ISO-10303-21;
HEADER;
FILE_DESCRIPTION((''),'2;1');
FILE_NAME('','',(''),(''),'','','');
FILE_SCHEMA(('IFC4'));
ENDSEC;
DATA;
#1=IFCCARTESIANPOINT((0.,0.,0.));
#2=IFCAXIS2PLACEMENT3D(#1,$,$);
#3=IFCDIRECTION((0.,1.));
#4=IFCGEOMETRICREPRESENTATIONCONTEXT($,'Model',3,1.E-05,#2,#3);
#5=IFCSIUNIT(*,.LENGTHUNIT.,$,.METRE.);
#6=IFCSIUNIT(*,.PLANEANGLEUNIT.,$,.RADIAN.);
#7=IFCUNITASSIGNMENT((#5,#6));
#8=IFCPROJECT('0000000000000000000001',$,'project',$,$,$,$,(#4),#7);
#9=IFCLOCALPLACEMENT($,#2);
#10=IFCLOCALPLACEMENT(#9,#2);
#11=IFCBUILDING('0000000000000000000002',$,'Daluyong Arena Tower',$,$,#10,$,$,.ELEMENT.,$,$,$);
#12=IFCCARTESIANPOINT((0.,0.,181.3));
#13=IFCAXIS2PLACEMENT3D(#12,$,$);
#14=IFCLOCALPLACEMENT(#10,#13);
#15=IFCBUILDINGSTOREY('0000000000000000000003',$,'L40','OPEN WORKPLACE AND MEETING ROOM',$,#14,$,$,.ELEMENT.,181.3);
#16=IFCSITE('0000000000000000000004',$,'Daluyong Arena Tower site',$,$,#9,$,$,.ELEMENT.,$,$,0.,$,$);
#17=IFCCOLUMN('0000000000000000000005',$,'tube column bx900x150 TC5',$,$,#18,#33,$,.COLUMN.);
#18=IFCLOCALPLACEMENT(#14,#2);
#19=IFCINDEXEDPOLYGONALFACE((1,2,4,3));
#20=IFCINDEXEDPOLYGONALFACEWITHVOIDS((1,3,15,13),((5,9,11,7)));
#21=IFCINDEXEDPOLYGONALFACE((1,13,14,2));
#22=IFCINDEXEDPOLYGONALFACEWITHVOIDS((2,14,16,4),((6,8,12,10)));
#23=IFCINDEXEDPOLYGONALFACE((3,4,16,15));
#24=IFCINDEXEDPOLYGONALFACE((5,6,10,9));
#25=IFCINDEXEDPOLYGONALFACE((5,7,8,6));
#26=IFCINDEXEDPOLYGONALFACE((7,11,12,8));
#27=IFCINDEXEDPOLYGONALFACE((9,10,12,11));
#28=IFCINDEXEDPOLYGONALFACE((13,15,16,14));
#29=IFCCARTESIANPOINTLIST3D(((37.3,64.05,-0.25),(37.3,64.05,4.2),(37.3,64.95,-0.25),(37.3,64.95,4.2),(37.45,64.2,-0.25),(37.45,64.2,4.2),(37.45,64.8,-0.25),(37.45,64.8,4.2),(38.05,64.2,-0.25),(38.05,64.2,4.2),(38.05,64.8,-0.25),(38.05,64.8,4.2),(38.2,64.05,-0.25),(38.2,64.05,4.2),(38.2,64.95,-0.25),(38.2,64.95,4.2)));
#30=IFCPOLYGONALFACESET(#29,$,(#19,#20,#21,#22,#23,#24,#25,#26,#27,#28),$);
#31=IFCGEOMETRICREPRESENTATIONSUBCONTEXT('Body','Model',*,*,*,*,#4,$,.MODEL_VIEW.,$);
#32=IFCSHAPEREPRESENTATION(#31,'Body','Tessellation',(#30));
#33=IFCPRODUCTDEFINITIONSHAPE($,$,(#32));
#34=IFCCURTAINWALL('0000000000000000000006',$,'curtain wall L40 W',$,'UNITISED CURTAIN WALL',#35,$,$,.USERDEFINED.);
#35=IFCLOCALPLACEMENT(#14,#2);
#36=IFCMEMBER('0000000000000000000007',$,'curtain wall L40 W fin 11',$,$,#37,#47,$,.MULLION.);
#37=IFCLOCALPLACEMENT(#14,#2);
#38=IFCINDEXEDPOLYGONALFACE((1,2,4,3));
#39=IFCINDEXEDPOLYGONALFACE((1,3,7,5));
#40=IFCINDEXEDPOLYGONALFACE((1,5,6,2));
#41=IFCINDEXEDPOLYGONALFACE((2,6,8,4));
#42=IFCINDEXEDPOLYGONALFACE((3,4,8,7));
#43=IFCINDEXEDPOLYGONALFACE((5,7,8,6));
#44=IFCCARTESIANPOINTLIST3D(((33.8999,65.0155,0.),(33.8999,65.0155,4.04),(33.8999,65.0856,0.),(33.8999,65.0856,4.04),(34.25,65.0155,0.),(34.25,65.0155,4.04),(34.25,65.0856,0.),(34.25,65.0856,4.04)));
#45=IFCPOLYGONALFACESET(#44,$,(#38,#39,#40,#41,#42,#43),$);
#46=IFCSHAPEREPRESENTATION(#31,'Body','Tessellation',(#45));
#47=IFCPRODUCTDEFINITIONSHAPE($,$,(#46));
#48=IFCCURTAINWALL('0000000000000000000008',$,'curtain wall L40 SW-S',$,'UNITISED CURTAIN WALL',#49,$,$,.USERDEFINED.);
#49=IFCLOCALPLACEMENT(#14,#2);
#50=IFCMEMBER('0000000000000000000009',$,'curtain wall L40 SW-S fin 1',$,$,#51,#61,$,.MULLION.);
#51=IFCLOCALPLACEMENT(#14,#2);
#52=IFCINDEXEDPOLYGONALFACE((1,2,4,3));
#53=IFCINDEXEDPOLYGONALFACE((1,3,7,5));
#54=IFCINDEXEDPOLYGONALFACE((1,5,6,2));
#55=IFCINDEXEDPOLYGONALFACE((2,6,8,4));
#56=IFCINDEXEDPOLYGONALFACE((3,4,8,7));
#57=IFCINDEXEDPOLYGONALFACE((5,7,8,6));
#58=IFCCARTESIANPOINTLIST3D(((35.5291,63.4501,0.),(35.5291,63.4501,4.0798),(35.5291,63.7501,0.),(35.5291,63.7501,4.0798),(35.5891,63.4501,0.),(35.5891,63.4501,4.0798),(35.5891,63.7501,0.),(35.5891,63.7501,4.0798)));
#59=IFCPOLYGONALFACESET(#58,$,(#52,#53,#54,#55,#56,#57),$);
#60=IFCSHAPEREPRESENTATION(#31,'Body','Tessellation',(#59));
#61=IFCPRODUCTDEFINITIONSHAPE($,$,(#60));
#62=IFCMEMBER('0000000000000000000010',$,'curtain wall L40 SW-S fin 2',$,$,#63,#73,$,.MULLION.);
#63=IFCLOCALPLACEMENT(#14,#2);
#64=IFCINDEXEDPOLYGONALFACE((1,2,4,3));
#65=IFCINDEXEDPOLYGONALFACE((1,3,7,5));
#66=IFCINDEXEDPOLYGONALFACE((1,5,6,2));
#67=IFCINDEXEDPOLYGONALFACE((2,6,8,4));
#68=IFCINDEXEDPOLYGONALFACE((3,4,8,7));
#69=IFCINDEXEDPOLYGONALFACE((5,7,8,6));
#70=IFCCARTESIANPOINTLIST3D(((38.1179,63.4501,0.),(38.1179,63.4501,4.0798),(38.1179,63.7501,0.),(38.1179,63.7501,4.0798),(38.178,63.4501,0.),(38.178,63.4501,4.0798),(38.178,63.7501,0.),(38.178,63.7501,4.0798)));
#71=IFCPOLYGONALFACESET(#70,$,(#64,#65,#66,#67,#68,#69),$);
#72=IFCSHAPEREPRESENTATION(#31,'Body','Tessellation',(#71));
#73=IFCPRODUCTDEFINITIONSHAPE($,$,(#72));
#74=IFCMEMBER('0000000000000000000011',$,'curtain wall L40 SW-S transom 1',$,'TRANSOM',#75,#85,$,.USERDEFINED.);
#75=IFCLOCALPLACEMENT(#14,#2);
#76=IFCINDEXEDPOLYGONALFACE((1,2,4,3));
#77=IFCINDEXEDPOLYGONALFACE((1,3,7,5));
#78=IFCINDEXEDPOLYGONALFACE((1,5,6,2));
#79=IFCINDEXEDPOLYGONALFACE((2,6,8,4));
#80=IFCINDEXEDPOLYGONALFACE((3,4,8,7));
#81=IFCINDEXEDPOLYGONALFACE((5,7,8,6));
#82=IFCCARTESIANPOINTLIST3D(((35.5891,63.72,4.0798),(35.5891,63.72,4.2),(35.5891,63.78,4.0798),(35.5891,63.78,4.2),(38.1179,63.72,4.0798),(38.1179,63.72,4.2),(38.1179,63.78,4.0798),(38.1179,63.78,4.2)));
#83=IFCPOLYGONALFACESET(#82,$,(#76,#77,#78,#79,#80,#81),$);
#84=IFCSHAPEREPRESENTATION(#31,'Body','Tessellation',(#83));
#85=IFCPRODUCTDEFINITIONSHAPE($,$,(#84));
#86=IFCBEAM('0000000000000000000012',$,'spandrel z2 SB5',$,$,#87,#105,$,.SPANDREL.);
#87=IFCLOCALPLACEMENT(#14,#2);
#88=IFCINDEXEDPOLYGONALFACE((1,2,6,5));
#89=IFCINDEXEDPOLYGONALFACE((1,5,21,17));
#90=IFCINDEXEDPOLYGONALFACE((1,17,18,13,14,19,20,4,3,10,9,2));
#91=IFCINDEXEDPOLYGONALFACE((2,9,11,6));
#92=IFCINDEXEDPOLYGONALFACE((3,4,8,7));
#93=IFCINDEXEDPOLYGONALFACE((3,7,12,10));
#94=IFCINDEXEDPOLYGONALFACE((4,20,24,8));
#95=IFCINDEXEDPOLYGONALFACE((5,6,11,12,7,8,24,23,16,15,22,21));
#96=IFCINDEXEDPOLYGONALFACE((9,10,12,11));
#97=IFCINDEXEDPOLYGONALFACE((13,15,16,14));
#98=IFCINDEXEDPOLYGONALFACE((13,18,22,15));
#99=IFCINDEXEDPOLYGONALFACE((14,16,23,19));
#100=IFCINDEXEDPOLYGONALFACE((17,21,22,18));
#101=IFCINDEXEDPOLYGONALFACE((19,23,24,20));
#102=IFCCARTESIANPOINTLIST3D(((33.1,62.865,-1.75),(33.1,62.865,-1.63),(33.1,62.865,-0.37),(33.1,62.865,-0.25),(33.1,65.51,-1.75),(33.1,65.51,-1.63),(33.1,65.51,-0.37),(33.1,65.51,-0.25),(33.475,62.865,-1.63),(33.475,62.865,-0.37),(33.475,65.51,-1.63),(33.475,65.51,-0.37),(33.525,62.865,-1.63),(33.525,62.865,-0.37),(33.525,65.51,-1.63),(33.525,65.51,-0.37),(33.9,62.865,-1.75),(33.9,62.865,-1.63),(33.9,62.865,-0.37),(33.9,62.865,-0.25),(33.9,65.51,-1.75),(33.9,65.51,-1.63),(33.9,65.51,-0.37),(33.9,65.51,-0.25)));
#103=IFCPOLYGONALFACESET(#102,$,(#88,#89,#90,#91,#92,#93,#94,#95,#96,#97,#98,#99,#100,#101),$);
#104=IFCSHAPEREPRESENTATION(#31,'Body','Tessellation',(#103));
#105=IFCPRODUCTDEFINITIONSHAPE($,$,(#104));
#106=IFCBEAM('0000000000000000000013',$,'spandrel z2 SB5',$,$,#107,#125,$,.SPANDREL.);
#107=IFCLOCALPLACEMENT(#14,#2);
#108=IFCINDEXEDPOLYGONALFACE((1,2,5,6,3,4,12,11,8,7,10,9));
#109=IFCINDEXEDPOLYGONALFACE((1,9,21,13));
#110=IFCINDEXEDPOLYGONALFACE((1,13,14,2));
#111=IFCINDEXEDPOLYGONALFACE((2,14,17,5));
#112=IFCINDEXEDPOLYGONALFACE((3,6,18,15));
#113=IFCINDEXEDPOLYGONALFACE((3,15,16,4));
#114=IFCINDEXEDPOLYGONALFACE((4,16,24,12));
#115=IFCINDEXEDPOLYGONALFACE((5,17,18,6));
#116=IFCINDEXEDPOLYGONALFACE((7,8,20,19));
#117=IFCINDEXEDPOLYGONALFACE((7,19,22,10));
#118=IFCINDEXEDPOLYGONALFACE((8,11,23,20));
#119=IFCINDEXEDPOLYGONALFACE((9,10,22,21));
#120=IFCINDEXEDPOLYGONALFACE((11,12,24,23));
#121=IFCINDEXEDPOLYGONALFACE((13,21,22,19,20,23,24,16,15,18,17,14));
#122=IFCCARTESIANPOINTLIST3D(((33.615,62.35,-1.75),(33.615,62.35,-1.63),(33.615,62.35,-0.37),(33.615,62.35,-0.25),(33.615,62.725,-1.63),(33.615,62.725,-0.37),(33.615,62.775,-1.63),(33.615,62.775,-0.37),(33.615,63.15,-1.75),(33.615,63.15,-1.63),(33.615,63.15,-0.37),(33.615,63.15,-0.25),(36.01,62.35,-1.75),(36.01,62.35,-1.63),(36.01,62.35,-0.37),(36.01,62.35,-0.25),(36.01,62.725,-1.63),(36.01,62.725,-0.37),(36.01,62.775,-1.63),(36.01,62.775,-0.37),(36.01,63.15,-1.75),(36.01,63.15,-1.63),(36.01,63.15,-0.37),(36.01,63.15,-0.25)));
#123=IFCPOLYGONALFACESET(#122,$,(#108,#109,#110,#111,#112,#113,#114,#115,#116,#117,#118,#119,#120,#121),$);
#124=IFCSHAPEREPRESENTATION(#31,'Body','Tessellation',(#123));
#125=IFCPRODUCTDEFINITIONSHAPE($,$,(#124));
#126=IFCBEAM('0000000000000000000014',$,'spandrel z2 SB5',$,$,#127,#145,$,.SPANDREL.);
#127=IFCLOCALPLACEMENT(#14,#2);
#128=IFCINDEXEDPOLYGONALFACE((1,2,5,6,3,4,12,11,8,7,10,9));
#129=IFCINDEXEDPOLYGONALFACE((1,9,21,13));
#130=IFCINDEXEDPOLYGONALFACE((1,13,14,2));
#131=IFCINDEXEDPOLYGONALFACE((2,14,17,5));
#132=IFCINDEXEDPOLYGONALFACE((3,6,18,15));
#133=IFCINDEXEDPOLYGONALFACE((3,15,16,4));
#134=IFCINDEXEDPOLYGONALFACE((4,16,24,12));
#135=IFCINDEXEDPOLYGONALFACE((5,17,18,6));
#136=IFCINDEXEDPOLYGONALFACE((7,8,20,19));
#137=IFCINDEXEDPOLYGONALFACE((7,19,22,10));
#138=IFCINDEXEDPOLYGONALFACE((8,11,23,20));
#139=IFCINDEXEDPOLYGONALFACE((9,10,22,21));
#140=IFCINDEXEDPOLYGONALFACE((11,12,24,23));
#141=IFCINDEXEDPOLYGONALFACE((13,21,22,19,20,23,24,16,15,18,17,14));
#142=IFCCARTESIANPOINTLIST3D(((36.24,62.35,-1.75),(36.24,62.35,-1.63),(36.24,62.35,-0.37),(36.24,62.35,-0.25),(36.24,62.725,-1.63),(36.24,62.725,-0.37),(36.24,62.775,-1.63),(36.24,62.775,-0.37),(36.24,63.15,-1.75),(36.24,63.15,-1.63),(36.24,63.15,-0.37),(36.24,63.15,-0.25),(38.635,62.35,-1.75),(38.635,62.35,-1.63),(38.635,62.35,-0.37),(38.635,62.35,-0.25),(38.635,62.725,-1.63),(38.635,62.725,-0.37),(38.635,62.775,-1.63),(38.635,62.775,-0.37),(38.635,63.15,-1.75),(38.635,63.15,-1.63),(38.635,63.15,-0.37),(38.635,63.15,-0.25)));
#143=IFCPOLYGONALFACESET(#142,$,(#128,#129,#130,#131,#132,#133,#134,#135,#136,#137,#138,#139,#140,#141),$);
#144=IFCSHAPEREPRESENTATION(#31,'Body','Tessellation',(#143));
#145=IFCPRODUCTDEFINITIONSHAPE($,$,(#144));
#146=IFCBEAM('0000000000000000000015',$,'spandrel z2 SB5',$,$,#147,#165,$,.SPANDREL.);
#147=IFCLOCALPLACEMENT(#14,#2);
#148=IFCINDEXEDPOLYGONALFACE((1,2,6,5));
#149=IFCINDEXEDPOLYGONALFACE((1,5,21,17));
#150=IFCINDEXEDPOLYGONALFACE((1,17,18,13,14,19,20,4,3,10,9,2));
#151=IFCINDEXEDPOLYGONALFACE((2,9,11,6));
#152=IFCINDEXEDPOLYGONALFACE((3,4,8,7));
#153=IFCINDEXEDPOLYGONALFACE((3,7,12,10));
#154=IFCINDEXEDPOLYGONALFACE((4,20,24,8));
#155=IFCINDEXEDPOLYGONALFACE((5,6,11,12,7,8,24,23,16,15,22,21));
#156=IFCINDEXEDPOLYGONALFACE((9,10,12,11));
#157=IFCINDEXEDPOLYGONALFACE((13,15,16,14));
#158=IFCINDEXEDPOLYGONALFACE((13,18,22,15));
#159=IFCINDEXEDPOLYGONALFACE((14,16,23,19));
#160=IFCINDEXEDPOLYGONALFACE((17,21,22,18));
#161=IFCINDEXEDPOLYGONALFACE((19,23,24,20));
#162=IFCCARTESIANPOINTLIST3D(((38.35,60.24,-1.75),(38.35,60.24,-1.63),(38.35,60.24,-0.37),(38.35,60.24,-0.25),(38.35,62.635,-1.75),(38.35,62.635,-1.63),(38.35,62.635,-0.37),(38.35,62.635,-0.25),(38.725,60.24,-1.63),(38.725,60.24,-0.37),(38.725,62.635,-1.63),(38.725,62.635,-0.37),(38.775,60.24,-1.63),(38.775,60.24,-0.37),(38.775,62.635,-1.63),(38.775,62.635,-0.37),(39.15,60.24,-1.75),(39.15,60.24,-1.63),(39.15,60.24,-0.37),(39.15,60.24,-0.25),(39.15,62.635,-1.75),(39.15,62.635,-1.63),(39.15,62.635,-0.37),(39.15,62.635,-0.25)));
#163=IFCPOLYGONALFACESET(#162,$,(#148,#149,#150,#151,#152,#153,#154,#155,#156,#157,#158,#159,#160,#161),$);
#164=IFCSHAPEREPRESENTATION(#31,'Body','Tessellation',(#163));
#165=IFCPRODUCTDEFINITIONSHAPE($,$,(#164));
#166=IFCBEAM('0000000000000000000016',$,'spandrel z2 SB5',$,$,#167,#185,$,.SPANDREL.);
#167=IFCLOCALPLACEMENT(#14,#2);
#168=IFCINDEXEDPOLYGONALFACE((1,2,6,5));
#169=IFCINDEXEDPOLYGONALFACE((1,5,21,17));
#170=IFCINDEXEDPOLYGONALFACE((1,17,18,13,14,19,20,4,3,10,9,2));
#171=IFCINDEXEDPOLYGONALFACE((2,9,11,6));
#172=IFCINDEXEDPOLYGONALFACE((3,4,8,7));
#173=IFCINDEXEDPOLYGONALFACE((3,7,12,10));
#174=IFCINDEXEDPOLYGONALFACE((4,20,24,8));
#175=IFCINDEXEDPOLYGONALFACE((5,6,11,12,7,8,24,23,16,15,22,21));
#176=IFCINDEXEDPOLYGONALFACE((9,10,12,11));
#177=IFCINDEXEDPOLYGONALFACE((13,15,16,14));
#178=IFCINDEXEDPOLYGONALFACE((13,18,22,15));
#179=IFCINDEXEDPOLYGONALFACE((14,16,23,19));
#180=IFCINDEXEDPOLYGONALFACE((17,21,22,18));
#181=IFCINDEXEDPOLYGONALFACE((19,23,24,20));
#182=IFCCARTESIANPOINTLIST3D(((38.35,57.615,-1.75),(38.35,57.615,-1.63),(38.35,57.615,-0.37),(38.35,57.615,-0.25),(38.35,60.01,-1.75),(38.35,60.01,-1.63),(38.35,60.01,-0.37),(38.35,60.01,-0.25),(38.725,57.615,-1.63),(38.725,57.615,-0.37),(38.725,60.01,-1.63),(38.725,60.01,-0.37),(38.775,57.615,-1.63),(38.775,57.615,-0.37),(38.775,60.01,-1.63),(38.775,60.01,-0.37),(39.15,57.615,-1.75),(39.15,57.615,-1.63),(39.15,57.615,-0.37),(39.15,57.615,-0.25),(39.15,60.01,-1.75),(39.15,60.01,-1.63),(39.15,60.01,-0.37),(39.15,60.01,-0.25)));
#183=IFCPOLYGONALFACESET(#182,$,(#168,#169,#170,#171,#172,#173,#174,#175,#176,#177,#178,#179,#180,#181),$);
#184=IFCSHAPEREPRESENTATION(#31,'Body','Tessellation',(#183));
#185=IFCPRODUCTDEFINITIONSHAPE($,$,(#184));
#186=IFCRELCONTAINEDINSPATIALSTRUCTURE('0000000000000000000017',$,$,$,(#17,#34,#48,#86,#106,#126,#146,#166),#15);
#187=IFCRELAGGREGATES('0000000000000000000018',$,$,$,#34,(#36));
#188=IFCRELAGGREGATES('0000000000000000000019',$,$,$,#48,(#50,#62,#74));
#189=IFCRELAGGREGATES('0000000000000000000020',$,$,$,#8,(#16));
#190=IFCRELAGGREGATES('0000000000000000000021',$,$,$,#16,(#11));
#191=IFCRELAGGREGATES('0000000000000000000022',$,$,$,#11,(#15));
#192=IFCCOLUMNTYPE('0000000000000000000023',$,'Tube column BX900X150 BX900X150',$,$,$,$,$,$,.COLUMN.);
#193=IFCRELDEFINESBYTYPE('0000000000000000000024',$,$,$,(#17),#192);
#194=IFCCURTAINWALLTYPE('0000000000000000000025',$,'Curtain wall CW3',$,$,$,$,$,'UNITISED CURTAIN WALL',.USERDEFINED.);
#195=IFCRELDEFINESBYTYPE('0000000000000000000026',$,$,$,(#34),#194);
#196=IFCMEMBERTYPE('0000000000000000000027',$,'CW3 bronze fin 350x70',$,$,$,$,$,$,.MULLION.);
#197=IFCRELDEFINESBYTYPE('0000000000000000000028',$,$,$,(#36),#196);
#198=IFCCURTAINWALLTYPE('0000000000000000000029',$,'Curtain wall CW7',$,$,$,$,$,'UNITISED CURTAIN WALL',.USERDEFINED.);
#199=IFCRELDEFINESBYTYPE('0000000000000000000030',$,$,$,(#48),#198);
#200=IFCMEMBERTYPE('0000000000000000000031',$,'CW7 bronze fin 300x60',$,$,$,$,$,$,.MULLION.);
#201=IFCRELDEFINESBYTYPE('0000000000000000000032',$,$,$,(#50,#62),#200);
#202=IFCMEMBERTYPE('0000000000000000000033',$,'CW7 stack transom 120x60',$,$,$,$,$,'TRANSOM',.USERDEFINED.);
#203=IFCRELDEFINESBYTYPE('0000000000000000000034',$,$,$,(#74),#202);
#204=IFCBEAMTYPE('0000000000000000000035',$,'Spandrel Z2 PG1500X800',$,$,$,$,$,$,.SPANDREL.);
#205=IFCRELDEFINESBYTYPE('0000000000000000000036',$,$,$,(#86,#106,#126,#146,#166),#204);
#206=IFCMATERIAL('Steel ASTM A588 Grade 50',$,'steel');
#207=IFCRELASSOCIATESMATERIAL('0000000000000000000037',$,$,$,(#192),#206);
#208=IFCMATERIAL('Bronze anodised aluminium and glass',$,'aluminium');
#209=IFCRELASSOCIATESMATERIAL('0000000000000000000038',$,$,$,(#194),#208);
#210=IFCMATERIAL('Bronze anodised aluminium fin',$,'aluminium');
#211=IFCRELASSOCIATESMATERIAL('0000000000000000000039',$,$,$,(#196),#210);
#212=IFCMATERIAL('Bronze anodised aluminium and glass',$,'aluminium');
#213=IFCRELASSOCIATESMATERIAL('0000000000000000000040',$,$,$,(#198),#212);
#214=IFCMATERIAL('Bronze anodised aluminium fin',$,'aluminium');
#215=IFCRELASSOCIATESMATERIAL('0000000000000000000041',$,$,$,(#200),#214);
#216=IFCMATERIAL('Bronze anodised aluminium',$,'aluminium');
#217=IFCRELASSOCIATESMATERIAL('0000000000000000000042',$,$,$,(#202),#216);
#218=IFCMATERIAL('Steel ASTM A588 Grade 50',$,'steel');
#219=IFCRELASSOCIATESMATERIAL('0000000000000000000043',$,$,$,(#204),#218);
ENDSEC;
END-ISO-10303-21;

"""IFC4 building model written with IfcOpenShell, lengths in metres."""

from ifc_helpers import new_model, si_unit, direction, frame, origin, origin_2d, place, context, subcontext, project, spatial, rectangle, hollow_rectangle, i_section, extrude, material, material_profile, profile_set, type_object, element, aggregate, save


model = new_model("IFC4")

# Units and contexts
model_context = context("Model", 3, precision=1e-05, world=origin(), true_north=direction((0.0, 1.0)))
body_context = subcontext(model_context, "Body", "Model", "MODEL_VIEW")
ifc_project = project(units=[si_unit("LENGTHUNIT", "METRE"), si_unit("PLANEANGLEUNIT", "RADIAN")], contexts=[model_context])

# Site, building, storey
site_placement = place(None, origin())
site = spatial("IfcSite", under=ifc_project, at=site_placement, Name="Daluyong Arena Tower site", CompositionType="ELEMENT", RefElevation=0.0)
building_placement = place(site_placement, origin())
building = spatial("IfcBuilding", under=site, at=building_placement, Name="Daluyong Arena Tower", CompositionType="ELEMENT")
storey_placement = place(building_placement, frame((0.0, 0.0, 181.3)))
storey = spatial("IfcBuildingStorey", under=building, at=storey_placement, Name="L40", Description="OPEN WORKPLACE AND MEETING ROOM", CompositionType="ELEMENT", Elevation=181.3)

# Column
ifc_material_1 = material(Name="Steel ASTM A588 Grade 50", Category="steel")
ifc_material_profile_1 = material_profile(ifc_material_1, hollow_rectangle(XDim=0.8999, YDim=0.8999, WallThickness=0.15, at=origin_2d()))
ifc_profile_set_1 = profile_set([ifc_material_profile_1], Name="Steel ASTM A588 Grade 50")
column_type_1 = type_object("IfcColumnType", Name="Tube column BX900X150 BX900X150", PredefinedType="COLUMN", material=ifc_profile_set_1)
column_1_placement = place(storey_placement, frame((37.75, 64.5, -0.25), z_axis=(0.0, 0.0, 1.0), x_axis=(1.0, 0.0, 0.0)))
element("IfcColumn", 1, at=column_1_placement, inside=storey, type_object=column_type_1, Name="tube column bx900x150 TC5", PredefinedType="COLUMN", context=body_context, shape_type="SweptSolid", body=[
    extrude(hollow_rectangle(XDim=0.8999, YDim=0.8999, WallThickness=0.15, at=origin_2d()), origin(), (0.0, 0.0, 1.0), 4.45),
])

# Curtain wall, member
ifc_material_2 = material(Name="Bronze anodised aluminium and glass", Category="aluminium")
curtain_wall_type_1 = type_object("IfcCurtainWallType", Name="Curtain wall CW3", ElementType="UNITISED CURTAIN WALL", PredefinedType="USERDEFINED", material=ifc_material_2)
curtain_wall_1_placement = place(storey_placement, origin())
curtain_wall_1 = element("IfcCurtainWall", 2, at=curtain_wall_1_placement, inside=storey, type_object=curtain_wall_type_1, Name="curtain wall L40 W", ObjectType="UNITISED CURTAIN WALL", PredefinedType="USERDEFINED")
ifc_material_3 = material(Name="Bronze anodised aluminium fin", Category="aluminium")
ifc_material_profile_2 = material_profile(ifc_material_3, rectangle(XDim=0.3501, YDim=0.0701, at=origin_2d()))
ifc_profile_set_2 = profile_set([ifc_material_profile_2], Name="Bronze anodised aluminium fin")
member_type_1 = type_object("IfcMemberType", Name="CW3 bronze fin 350x70", PredefinedType="MULLION", material=ifc_profile_set_2)
member_1_placement = place(storey_placement, frame((34.075, 65.0505, 0.0), z_axis=(0.0, 0.0, 1.0), x_axis=(1.0, 0.0, 0.0)))
member_1 = element("IfcMember", 3, at=member_1_placement, type_object=member_type_1, Name="curtain wall L40 W fin 11", PredefinedType="MULLION", context=body_context, shape_type="SweptSolid", body=[
    extrude(rectangle(XDim=0.3501, YDim=0.0701, at=origin_2d()), origin(), (0.0, 0.0, 1.0), 4.04),
])
aggregate(curtain_wall_1, [member_1])

# Curtain wall, members
ifc_material_4 = material(Name="Bronze anodised aluminium and glass", Category="aluminium")
curtain_wall_type_2 = type_object("IfcCurtainWallType", Name="Curtain wall CW7", ElementType="UNITISED CURTAIN WALL", PredefinedType="USERDEFINED", material=ifc_material_4)
curtain_wall_2_placement = place(storey_placement, origin())
curtain_wall_2 = element("IfcCurtainWall", 4, at=curtain_wall_2_placement, inside=storey, type_object=curtain_wall_type_2, Name="curtain wall L40 SW-S", ObjectType="UNITISED CURTAIN WALL", PredefinedType="USERDEFINED")
ifc_material_5 = material(Name="Bronze anodised aluminium fin", Category="aluminium")
ifc_material_profile_3 = material_profile(ifc_material_5, rectangle(XDim=0.3, YDim=0.0601, at=origin_2d()))
ifc_profile_set_3 = profile_set([ifc_material_profile_3], Name="Bronze anodised aluminium fin")
member_type_2 = type_object("IfcMemberType", Name="CW7 bronze fin 300x60", PredefinedType="MULLION", material=ifc_profile_set_3)
member_2_placement = place(storey_placement, frame((35.5591, 63.6001, 0.0), z_axis=(0.0, 0.0, 1.0), x_axis=(0.0, 1.0, 0.0)))
member_2 = element("IfcMember", 5, at=member_2_placement, type_object=member_type_2, Name="curtain wall L40 SW-S fin 1", PredefinedType="MULLION", context=body_context, shape_type="SweptSolid", body=[
    extrude(rectangle(XDim=0.3, YDim=0.0601, at=origin_2d()), origin(), (0.0, 0.0, 1.0), 4.0798),
])
member_3_placement = place(storey_placement, frame((38.1479, 63.6001, 0.0), z_axis=(0.0, 0.0, 1.0), x_axis=(0.0, 1.0, 0.0)))
member_3 = element("IfcMember", 6, at=member_3_placement, type_object=member_type_2, Name="curtain wall L40 SW-S fin 2", PredefinedType="MULLION", context=body_context, shape_type="SweptSolid", body=[
    extrude(rectangle(XDim=0.3, YDim=0.0601, at=origin_2d()), origin(), (0.0, 0.0, 1.0), 4.0798),
])
ifc_material_6 = material(Name="Bronze anodised aluminium", Category="aluminium")
ifc_material_profile_4 = material_profile(ifc_material_6, rectangle(XDim=0.0601, YDim=0.1201, at=origin_2d()))
ifc_profile_set_4 = profile_set([ifc_material_profile_4], Name="Bronze anodised aluminium")
member_type_3 = type_object("IfcMemberType", Name="CW7 stack transom 120x60", ElementType="TRANSOM", PredefinedType="USERDEFINED", material=ifc_profile_set_4)
member_4_placement = place(storey_placement, frame((35.5891, 63.75, 4.1399), z_axis=(1.0, 0.0, 0.0), x_axis=(0.0, 1.0, 0.0)))
member_4 = element("IfcMember", 7, at=member_4_placement, type_object=member_type_3, Name="curtain wall L40 SW-S transom 1", ObjectType="TRANSOM", PredefinedType="USERDEFINED", context=body_context, shape_type="SweptSolid", body=[
    extrude(rectangle(XDim=0.0601, YDim=0.1201, at=origin_2d()), origin(), (0.0, 0.0, 1.0), 2.5288),
])

# Beams
ifc_material_7 = material(Name="Steel ASTM A588 Grade 50", Category="steel")
ifc_material_profile_5 = material_profile(ifc_material_7, i_section(OverallWidth=0.8, OverallDepth=1.5, WebThickness=0.05, FlangeThickness=0.12, at=origin_2d()))
ifc_profile_set_5 = profile_set([ifc_material_profile_5], Name="Steel ASTM A588 Grade 50")
beam_type_1 = type_object("IfcBeamType", Name="Spandrel Z2 PG1500X800", PredefinedType="SPANDREL", material=ifc_profile_set_5)
beam_1_placement = place(storey_placement, frame((33.5, 65.51, -1.0), z_axis=(0.0, -1.0, 0.0), x_axis=(1.0, 0.0, 0.0)))
element("IfcBeam", 8, at=beam_1_placement, inside=storey, type_object=beam_type_1, Name="spandrel z2 SB5", PredefinedType="SPANDREL", context=body_context, shape_type="SweptSolid", body=[
    extrude(i_section(OverallWidth=0.8, OverallDepth=1.5, WebThickness=0.05, FlangeThickness=0.12, at=origin_2d()), origin(), (0.0, 0.0, 1.0), 2.645),
])
for number, where, z_axis, x_axis, name in (
    (9, (33.615, 62.75, -1.0), (1.0, 0.0, 0.0), (0.0, 1.0, 0.0), "spandrel z2 SB5"),
    (10, (36.24, 62.75, -1.0), (1.0, 0.0, 0.0), (0.0, 1.0, 0.0), "spandrel z2 SB5"),
    (11, (38.75, 62.635, -1.0), (0.0, -1.0, 0.0), (1.0, 0.0, 0.0), "spandrel z2 SB5"),
    (12, (38.75, 60.01, -1.0), (0.0, -1.0, 0.0), (1.0, 0.0, 0.0), "spandrel z2 SB5"),
):
    element("IfcBeam", number, at=place(storey_placement, frame(where, z_axis=z_axis, x_axis=x_axis)), inside=storey, type_object=beam_type_1, Name=name, PredefinedType="SPANDREL", context=body_context, shape_type="SweptSolid", body=[
        extrude(i_section(OverallWidth=0.8, OverallDepth=1.5, WebThickness=0.05, FlangeThickness=0.12, at=origin_2d()), origin(), (0.0, 0.0, 1.0), 2.395),
    ])

aggregate(curtain_wall_2, [member_2, member_3, member_4])

save(model, "model.ifc")
